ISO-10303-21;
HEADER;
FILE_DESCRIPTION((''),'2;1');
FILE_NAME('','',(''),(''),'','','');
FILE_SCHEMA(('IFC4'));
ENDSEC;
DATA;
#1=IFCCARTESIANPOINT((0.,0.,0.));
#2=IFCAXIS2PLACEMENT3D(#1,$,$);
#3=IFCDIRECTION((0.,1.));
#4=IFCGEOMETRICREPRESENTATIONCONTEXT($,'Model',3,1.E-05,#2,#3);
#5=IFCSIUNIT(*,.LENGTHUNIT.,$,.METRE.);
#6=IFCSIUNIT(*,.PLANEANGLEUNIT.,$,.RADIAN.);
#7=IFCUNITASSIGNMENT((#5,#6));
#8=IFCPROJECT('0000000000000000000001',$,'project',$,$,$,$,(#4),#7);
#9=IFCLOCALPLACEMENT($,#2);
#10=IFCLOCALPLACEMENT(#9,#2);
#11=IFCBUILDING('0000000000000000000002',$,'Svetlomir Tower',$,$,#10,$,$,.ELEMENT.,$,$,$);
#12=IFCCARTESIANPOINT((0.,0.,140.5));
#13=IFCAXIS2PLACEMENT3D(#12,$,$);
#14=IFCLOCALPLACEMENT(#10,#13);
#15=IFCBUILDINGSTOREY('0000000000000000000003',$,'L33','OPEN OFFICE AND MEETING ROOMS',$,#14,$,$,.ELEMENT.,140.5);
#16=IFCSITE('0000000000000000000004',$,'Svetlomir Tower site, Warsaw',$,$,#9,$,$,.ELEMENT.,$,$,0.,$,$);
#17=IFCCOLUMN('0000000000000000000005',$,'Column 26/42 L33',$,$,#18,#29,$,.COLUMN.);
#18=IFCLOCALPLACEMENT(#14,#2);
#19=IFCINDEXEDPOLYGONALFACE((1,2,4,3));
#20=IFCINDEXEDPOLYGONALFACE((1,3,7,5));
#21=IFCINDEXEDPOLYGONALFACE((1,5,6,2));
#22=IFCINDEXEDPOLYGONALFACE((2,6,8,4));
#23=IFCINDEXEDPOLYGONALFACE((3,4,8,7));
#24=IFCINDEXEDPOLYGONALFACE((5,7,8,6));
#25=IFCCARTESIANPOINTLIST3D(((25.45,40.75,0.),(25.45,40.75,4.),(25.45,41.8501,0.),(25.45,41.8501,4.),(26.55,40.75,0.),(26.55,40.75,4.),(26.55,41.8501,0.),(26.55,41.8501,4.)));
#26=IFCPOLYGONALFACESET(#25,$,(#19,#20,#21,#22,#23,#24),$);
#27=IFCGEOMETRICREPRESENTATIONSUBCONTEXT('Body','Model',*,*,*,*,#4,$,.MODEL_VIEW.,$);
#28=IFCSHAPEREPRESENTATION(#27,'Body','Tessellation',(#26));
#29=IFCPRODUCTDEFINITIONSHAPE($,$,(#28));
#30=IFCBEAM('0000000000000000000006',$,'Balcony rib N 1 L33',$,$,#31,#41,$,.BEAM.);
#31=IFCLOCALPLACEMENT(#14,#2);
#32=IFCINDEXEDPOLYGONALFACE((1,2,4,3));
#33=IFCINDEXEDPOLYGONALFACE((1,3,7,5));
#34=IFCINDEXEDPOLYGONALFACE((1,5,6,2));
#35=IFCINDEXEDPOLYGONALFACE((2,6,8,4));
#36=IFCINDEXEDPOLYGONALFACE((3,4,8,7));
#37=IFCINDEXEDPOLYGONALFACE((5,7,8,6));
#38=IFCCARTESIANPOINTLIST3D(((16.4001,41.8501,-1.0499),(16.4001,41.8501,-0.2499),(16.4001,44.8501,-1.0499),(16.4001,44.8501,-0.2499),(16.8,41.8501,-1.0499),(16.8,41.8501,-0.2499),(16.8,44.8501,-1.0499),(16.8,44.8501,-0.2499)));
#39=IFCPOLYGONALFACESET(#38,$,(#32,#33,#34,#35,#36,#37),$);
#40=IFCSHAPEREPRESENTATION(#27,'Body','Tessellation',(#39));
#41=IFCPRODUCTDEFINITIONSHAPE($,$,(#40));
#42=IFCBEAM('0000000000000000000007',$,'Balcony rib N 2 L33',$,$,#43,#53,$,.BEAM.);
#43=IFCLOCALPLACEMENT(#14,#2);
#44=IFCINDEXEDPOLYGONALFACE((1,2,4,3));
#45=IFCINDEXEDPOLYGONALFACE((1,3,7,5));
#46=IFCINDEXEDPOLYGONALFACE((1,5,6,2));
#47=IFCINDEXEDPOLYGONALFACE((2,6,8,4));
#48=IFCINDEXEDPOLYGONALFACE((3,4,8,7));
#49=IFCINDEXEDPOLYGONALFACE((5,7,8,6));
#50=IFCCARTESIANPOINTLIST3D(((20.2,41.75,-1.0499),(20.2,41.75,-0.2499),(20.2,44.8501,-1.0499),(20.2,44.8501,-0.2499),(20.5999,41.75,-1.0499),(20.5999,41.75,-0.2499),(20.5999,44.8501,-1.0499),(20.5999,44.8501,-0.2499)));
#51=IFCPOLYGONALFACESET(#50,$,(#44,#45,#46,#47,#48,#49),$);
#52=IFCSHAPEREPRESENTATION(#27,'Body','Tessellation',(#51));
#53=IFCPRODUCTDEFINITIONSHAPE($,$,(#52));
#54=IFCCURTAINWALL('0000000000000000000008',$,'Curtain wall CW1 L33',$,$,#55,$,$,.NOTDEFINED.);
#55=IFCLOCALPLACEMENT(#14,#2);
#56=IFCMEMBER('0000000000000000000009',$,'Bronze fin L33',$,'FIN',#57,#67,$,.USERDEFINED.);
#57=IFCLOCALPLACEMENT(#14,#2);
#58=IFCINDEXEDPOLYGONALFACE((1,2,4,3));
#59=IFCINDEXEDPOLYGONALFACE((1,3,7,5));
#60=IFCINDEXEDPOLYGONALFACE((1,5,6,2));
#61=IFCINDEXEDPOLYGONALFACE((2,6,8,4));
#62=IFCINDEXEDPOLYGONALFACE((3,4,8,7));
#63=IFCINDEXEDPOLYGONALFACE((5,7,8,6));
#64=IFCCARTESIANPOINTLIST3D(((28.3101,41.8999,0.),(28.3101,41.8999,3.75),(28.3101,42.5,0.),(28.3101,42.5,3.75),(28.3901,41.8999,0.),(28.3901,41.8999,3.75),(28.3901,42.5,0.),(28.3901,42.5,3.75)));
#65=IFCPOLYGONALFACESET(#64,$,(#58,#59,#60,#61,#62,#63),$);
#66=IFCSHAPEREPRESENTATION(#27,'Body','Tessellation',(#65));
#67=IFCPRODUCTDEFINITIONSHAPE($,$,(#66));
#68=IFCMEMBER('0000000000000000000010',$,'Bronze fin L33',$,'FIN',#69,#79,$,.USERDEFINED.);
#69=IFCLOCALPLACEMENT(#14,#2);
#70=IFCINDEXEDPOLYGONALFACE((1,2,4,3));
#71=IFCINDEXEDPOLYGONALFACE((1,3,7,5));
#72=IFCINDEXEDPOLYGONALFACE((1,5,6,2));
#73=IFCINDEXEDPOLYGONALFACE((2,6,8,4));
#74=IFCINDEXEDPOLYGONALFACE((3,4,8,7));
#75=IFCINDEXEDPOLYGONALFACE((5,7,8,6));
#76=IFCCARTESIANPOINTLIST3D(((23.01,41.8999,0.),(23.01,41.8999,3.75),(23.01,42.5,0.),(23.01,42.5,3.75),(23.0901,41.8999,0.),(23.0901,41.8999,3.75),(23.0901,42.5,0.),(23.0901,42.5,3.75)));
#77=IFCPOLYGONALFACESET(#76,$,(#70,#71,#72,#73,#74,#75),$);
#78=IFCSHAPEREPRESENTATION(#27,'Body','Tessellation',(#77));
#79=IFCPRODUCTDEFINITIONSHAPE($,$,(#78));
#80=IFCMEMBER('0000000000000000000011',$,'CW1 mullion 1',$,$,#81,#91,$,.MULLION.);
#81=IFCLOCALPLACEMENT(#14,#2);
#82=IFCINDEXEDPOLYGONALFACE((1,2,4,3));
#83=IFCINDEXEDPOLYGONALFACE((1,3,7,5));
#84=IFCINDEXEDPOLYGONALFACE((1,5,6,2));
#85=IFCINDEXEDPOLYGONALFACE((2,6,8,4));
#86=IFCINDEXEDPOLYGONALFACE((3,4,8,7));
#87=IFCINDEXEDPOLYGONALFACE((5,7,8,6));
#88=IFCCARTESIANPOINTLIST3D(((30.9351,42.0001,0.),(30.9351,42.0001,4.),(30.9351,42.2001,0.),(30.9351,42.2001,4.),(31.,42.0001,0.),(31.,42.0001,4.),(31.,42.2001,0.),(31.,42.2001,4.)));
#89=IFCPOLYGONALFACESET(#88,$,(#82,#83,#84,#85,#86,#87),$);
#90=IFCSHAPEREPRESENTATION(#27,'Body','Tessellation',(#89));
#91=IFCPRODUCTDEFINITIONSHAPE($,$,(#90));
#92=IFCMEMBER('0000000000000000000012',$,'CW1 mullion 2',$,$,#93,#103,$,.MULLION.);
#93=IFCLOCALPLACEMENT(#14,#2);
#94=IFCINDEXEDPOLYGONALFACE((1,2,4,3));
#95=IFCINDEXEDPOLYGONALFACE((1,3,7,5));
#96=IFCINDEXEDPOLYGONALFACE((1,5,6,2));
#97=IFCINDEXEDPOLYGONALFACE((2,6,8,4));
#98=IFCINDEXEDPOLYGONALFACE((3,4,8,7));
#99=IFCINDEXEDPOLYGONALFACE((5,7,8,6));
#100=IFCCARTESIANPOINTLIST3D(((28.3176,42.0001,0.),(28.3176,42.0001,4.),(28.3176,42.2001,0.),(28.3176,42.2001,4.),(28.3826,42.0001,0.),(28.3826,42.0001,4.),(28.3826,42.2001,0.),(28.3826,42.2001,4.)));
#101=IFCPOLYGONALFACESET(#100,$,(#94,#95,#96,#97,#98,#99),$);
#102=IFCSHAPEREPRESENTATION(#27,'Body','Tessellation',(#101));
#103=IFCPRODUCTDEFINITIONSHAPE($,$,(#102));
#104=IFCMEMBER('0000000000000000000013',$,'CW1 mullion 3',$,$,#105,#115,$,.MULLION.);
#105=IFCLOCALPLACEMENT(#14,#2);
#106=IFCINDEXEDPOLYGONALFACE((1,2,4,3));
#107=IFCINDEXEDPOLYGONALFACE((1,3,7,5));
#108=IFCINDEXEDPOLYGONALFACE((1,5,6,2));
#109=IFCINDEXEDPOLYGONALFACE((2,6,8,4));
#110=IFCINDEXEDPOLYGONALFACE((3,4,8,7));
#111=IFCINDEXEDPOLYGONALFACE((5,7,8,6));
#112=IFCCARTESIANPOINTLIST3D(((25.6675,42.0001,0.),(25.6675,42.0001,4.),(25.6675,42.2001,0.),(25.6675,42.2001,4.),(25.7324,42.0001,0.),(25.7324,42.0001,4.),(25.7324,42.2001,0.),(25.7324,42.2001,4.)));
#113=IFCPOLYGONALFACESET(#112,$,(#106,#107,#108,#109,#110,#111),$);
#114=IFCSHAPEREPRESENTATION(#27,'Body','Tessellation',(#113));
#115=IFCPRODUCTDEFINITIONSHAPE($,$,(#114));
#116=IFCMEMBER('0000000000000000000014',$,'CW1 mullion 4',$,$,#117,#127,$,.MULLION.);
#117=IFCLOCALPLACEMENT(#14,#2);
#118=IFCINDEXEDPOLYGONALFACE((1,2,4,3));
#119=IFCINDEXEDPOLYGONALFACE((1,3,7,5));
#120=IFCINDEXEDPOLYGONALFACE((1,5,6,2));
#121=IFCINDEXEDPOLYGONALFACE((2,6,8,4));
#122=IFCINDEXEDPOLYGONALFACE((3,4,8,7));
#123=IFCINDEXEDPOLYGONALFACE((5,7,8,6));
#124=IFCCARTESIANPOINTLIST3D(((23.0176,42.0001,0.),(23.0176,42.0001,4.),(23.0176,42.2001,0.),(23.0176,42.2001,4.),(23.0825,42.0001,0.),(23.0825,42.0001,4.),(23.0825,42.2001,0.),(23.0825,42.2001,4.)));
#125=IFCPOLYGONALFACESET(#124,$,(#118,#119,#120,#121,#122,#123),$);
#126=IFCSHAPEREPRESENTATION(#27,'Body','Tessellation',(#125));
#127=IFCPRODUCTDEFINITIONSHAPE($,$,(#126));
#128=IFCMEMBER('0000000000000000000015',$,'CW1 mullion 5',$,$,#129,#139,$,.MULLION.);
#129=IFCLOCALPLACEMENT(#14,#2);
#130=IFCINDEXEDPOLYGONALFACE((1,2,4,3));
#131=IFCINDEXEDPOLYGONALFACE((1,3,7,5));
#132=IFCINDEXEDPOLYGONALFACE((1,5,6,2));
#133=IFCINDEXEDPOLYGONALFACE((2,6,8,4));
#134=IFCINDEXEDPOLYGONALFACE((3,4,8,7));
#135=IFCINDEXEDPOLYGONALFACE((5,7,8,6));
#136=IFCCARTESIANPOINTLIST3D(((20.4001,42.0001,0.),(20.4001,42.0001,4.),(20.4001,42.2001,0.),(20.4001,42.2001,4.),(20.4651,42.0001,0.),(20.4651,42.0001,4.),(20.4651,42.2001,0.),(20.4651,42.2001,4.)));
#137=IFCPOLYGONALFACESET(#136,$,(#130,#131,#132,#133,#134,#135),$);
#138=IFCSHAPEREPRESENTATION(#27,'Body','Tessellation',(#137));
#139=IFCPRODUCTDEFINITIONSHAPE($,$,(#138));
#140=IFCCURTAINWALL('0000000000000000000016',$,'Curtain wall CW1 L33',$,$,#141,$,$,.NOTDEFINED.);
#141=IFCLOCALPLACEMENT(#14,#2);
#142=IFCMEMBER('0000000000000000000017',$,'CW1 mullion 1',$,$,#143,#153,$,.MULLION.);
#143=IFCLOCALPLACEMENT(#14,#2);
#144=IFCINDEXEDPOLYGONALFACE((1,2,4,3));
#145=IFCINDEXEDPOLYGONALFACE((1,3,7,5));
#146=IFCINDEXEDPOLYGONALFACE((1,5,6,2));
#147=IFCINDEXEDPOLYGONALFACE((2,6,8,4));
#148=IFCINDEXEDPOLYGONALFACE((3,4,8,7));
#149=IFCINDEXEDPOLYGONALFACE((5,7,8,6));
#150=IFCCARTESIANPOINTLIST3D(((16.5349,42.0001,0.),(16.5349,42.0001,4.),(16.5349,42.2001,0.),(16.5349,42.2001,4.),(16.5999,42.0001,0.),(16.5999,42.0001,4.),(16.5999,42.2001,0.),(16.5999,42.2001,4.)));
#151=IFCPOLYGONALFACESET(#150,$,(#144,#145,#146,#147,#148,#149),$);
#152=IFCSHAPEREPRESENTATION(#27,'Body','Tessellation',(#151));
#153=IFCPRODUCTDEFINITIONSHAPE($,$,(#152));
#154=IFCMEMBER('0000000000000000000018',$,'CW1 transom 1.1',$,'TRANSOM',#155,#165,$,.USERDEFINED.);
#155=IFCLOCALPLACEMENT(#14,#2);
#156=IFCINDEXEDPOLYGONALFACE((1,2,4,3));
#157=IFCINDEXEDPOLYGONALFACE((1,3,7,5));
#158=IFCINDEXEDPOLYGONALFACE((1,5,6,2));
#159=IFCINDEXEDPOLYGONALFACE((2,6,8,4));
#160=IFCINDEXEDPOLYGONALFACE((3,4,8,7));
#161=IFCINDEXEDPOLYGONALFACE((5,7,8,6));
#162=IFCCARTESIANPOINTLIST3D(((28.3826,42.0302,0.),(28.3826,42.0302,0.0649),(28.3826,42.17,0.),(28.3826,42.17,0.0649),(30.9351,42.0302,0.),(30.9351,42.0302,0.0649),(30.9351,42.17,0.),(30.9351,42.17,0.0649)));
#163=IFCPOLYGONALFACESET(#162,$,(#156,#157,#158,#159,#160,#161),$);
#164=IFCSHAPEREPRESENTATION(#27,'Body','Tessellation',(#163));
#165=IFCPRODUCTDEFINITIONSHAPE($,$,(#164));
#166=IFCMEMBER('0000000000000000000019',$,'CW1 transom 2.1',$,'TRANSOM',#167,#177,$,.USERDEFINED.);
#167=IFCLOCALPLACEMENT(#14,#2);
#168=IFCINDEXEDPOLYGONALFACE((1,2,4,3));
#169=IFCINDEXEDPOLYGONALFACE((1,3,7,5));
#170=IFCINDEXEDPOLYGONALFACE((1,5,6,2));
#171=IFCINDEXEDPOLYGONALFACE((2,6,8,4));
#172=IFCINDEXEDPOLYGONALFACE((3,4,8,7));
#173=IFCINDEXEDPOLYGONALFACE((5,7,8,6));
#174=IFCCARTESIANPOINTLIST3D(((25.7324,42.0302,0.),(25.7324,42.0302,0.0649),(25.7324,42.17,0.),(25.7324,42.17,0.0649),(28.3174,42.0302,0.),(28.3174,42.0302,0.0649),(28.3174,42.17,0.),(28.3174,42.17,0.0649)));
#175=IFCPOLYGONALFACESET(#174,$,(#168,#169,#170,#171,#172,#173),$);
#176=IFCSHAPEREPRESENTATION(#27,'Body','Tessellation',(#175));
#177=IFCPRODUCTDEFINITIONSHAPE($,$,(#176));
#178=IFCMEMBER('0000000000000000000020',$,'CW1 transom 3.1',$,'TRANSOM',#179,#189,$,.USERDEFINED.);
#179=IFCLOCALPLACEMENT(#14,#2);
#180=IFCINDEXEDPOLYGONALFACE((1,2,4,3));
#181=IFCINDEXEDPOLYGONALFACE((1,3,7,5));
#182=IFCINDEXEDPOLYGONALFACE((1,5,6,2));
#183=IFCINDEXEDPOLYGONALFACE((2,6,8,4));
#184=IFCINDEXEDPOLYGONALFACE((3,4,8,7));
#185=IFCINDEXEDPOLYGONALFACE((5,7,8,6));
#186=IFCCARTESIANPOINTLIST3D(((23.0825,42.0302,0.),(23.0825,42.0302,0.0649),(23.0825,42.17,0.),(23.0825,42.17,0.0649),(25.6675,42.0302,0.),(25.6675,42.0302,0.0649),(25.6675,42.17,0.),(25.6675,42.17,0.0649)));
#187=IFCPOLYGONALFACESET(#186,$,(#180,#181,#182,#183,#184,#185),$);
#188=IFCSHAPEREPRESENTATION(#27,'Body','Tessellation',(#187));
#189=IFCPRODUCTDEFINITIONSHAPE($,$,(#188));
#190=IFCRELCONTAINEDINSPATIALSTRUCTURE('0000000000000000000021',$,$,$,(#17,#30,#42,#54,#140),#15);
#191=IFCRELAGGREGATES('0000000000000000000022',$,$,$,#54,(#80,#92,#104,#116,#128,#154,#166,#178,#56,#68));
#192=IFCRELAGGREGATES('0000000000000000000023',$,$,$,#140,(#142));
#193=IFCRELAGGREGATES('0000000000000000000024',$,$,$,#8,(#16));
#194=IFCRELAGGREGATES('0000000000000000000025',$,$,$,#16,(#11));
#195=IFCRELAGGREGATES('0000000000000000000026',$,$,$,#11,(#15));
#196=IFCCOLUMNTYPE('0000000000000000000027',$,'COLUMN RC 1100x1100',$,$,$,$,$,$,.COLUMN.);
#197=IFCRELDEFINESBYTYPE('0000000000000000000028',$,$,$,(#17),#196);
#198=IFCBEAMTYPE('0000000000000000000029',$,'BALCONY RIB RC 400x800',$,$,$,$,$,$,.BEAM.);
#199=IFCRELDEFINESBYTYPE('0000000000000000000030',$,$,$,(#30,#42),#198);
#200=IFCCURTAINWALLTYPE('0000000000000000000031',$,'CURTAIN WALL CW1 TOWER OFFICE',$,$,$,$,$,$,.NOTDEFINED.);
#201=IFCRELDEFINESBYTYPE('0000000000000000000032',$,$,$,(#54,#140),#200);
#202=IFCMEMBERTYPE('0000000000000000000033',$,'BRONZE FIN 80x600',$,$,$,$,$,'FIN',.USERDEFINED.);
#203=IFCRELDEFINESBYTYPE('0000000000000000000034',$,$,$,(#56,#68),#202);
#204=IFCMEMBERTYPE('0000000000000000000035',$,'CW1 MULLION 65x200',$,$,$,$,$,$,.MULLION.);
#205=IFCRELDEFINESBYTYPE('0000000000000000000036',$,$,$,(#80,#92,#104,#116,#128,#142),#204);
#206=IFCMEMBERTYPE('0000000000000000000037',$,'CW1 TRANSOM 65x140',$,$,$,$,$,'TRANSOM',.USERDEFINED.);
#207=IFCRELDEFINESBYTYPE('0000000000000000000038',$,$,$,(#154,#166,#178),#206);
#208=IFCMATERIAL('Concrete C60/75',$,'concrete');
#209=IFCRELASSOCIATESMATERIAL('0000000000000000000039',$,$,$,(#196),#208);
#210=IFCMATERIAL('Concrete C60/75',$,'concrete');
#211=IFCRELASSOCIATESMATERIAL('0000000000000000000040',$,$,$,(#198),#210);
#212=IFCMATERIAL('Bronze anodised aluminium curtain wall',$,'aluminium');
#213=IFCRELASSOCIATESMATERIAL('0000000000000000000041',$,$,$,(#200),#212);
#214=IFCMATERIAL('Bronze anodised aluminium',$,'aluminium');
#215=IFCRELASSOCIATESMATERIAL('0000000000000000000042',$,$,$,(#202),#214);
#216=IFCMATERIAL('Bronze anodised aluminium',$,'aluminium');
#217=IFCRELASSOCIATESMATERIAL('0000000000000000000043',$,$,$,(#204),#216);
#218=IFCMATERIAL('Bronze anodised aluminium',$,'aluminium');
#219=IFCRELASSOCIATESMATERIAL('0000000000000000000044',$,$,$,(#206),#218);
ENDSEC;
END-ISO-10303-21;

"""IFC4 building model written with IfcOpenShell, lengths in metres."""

from ifc_helpers import new_model, si_unit, direction, frame, origin, origin_2d, place, context, subcontext, project, spatial, rectangle, extrude, material, material_profile, profile_set, type_object, element, aggregate, save


model = new_model("IFC4")

# Units and contexts
model_context = context("Model", 3, precision=1e-05, world=origin(), true_north=direction((0.0, 1.0)))
body_context = subcontext(model_context, "Body", "Model", "MODEL_VIEW")
ifc_project = project(units=[si_unit("LENGTHUNIT", "METRE"), si_unit("PLANEANGLEUNIT", "RADIAN")], contexts=[model_context])

# Site, building, storey
site_placement = place(None, origin())
site = spatial("IfcSite", under=ifc_project, at=site_placement, Name="Svetlomir Tower site, Warsaw", CompositionType="ELEMENT", RefElevation=0.0)
building_placement = place(site_placement, origin())
building = spatial("IfcBuilding", under=site, at=building_placement, Name="Svetlomir Tower", CompositionType="ELEMENT")
storey_placement = place(building_placement, frame((0.0, 0.0, 140.5)))
storey = spatial("IfcBuildingStorey", under=building, at=storey_placement, Name="L33", Description="OPEN OFFICE AND MEETING ROOMS", CompositionType="ELEMENT", Elevation=140.5)

# Column
ifc_material_1 = material(Name="Concrete C60/75", Category="concrete")
ifc_material_profile_1 = material_profile(ifc_material_1, rectangle(XDim=1.1001, YDim=1.1001, at=origin_2d()), Name="RC 1100x1100")
ifc_profile_set_1 = profile_set([ifc_material_profile_1], Name="Concrete C60/75")
column_type = type_object("IfcColumnType", Name="COLUMN RC 1100x1100", PredefinedType="COLUMN", material=ifc_profile_set_1)
column_placement = place(storey_placement, frame((26.0, 41.3, 0.0), z_axis=(0.0, 0.0, 1.0), x_axis=(1.0, 0.0, 0.0)))
element("IfcColumn", 1, at=column_placement, inside=storey, type_object=column_type, Name="Column 26/42 L33", PredefinedType="COLUMN", context=body_context, shape_type="SweptSolid", body=[
    extrude(rectangle(XDim=1.1001, YDim=1.1001, at=origin_2d()), origin(), (0.0, 0.0, 1.0), 4.0),
])

# Beams
ifc_material_2 = material(Name="Concrete C60/75", Category="concrete")
ifc_material_profile_2 = material_profile(ifc_material_2, rectangle(XDim=0.3999, YDim=0.8, at=origin_2d()), Name="RC 400x800")
ifc_profile_set_2 = profile_set([ifc_material_profile_2], Name="Concrete C60/75")
beam_type_1 = type_object("IfcBeamType", Name="BALCONY RIB RC 400x800", PredefinedType="BEAM", material=ifc_profile_set_2)
beam_1_placement = place(storey_placement, frame((16.6001, 41.8501, -0.6499), z_axis=(0.0, 1.0, 0.0), x_axis=(-1.0, 0.0, 0.0)))
element("IfcBeam", 2, at=beam_1_placement, inside=storey, type_object=beam_type_1, Name="Balcony rib N 1 L33", PredefinedType="BEAM", context=body_context, shape_type="SweptSolid", body=[
    extrude(rectangle(XDim=0.3999, YDim=0.8, at=origin_2d()), origin(), (0.0, 0.0, 1.0), 3.0),
])
beam_2_placement = place(storey_placement, frame((20.3999, 41.75, -0.6499), z_axis=(0.0, 1.0, 0.0), x_axis=(-1.0, 0.0, 0.0)))
element("IfcBeam", 3, at=beam_2_placement, inside=storey, type_object=beam_type_1, Name="Balcony rib N 2 L33", PredefinedType="BEAM", context=body_context, shape_type="SweptSolid", body=[
    extrude(rectangle(XDim=0.3999, YDim=0.8, at=origin_2d()), origin(), (0.0, 0.0, 1.0), 3.1001),
])

# Curtain wall, members
ifc_material_3 = material(Name="Bronze anodised aluminium curtain wall", Category="aluminium")
curtain_wall_type = type_object("IfcCurtainWallType", Name="CURTAIN WALL CW1 TOWER OFFICE", PredefinedType="NOTDEFINED", material=ifc_material_3)
curtain_wall_1_placement = place(storey_placement, origin())
curtain_wall_1 = element("IfcCurtainWall", 4, at=curtain_wall_1_placement, inside=storey, type_object=curtain_wall_type, Name="Curtain wall CW1 L33", PredefinedType="NOTDEFINED")
ifc_material_4 = material(Name="Bronze anodised aluminium", Category="aluminium")
ifc_material_profile_3 = material_profile(ifc_material_4, rectangle(XDim=0.0801, YDim=0.6001, at=origin_2d()), Name="FIN 80x600")
ifc_profile_set_3 = profile_set([ifc_material_profile_3], Name="Bronze anodised aluminium 6063-T6")
member_type_1 = type_object("IfcMemberType", Name="BRONZE FIN 80x600", ElementType="FIN", PredefinedType="USERDEFINED", material=ifc_profile_set_3)
member_1_placement = place(storey_placement, frame((28.3501, 42.2, 0.0), z_axis=(0.0, 0.0, 1.0), x_axis=(1.0, 0.0, 0.0)))
member_1 = element("IfcMember", 5, at=member_1_placement, type_object=member_type_1, Name="Bronze fin L33", ObjectType="FIN", PredefinedType="USERDEFINED", context=body_context, shape_type="SweptSolid", body=[
    extrude(rectangle(XDim=0.0801, YDim=0.6001, at=origin_2d()), origin(), (0.0, 0.0, 1.0), 3.75),
])
member_2_placement = place(storey_placement, frame((23.05, 42.2, 0.0), z_axis=(0.0, 0.0, 1.0), x_axis=(1.0, 0.0, 0.0)))
member_2 = element("IfcMember", 6, at=member_2_placement, type_object=member_type_1, Name="Bronze fin L33", ObjectType="FIN", PredefinedType="USERDEFINED", context=body_context, shape_type="SweptSolid", body=[
    extrude(rectangle(XDim=0.0801, YDim=0.6001, at=origin_2d()), origin(), (0.0, 0.0, 1.0), 3.75),
])
ifc_material_5 = material(Name="Bronze anodised aluminium", Category="aluminium")
ifc_material_profile_4 = material_profile(ifc_material_5, rectangle(XDim=0.0649, YDim=0.2, at=origin_2d()), Name="AL 65x200")
ifc_profile_set_4 = profile_set([ifc_material_profile_4], Name="Bronze anodised aluminium 6063-T6")
member_type_2 = type_object("IfcMemberType", Name="CW1 MULLION 65x200", PredefinedType="MULLION", material=ifc_profile_set_4)
member_3_placement = place(storey_placement, frame((30.9675, 42.1001, 0.0), z_axis=(0.0, 0.0, 1.0), x_axis=(-1.0, 0.0, 0.0)))
member_3 = element("IfcMember", 7, at=member_3_placement, type_object=member_type_2, Name="CW1 mullion 1", PredefinedType="MULLION", context=body_context, shape_type="SweptSolid", body=[
    extrude(rectangle(XDim=0.0649, YDim=0.2, at=origin_2d()), origin(), (0.0, 0.0, 1.0), 4.0),
])
member_4_placement = place(storey_placement, frame((28.3501, 42.1001, 0.0), z_axis=(0.0, 0.0, 1.0), x_axis=(-1.0, 0.0, 0.0)))
member_4 = element("IfcMember", 8, at=member_4_placement, type_object=member_type_2, Name="CW1 mullion 2", PredefinedType="MULLION", context=body_context, shape_type="SweptSolid", body=[
    extrude(rectangle(XDim=0.0649, YDim=0.2, at=origin_2d()), origin(), (0.0, 0.0, 1.0), 4.0),
])
member_5_placement = place(storey_placement, frame((25.7, 42.1001, 0.0), z_axis=(0.0, 0.0, 1.0), x_axis=(-1.0, 0.0, 0.0)))
member_5 = element("IfcMember", 9, at=member_5_placement, type_object=member_type_2, Name="CW1 mullion 3", PredefinedType="MULLION", context=body_context, shape_type="SweptSolid", body=[
    extrude(rectangle(XDim=0.0649, YDim=0.2, at=origin_2d()), origin(), (0.0, 0.0, 1.0), 4.0),
])
member_6_placement = place(storey_placement, frame((23.05, 42.1001, 0.0), z_axis=(0.0, 0.0, 1.0), x_axis=(-1.0, 0.0, 0.0)))
member_6 = element("IfcMember", 10, at=member_6_placement, type_object=member_type_2, Name="CW1 mullion 4", PredefinedType="MULLION", context=body_context, shape_type="SweptSolid", body=[
    extrude(rectangle(XDim=0.0649, YDim=0.2, at=origin_2d()), origin(), (0.0, 0.0, 1.0), 4.0),
])
member_7_placement = place(storey_placement, frame((20.4326, 42.1001, 0.0), z_axis=(0.0, 0.0, 1.0), x_axis=(-1.0, 0.0, 0.0)))
member_7 = element("IfcMember", 11, at=member_7_placement, type_object=member_type_2, Name="CW1 mullion 5", PredefinedType="MULLION", context=body_context, shape_type="SweptSolid", body=[
    extrude(rectangle(XDim=0.0649, YDim=0.2, at=origin_2d()), origin(), (0.0, 0.0, 1.0), 4.0),
])

# Curtain wall, member
curtain_wall_2_placement = place(storey_placement, origin())
curtain_wall_2 = element("IfcCurtainWall", 12, at=curtain_wall_2_placement, inside=storey, type_object=curtain_wall_type, Name="Curtain wall CW1 L33", PredefinedType="NOTDEFINED")
member_8_placement = place(storey_placement, frame((16.5674, 42.1001, 0.0), z_axis=(0.0, 0.0, 1.0), x_axis=(-1.0, 0.0, 0.0)))
member_8 = element("IfcMember", 13, at=member_8_placement, type_object=member_type_2, Name="CW1 mullion 1", PredefinedType="MULLION", context=body_context, shape_type="SweptSolid", body=[
    extrude(rectangle(XDim=0.0649, YDim=0.2, at=origin_2d()), origin(), (0.0, 0.0, 1.0), 4.0),
])

# Members
ifc_material_6 = material(Name="Bronze anodised aluminium", Category="aluminium")
ifc_material_profile_5 = material_profile(ifc_material_6, rectangle(XDim=0.1399, YDim=0.0649, at=origin_2d()), Name="AL 140x65")
ifc_profile_set_5 = profile_set([ifc_material_profile_5], Name="Bronze anodised aluminium 6063-T6")
member_type_3 = type_object("IfcMemberType", Name="CW1 TRANSOM 65x140", ElementType="TRANSOM", PredefinedType="USERDEFINED", material=ifc_profile_set_5)
member_9_placement = place(storey_placement, frame((30.9351, 42.1001, 0.0325), z_axis=(-1.0, 0.0, 0.0), x_axis=(0.0, -1.0, 0.0)))
member_9 = element("IfcMember", 14, at=member_9_placement, type_object=member_type_3, Name="CW1 transom 1.1", ObjectType="TRANSOM", PredefinedType="USERDEFINED", context=body_context, shape_type="SweptSolid", body=[
    extrude(rectangle(XDim=0.1399, YDim=0.0649, at=origin_2d()), origin(), (0.0, 0.0, 1.0), 2.5525),
])
member_10_placement = place(storey_placement, frame((28.3174, 42.1001, 0.0325), z_axis=(-1.0, 0.0, 0.0), x_axis=(0.0, -1.0, 0.0)))
member_10 = element("IfcMember", 15, at=member_10_placement, type_object=member_type_3, Name="CW1 transom 2.1", ObjectType="TRANSOM", PredefinedType="USERDEFINED", context=body_context, shape_type="SweptSolid", body=[
    extrude(rectangle(XDim=0.1399, YDim=0.0649, at=origin_2d()), origin(), (0.0, 0.0, 1.0), 2.585),
])
member_11_placement = place(storey_placement, frame((25.6675, 42.1001, 0.0325), z_axis=(-1.0, 0.0, 0.0), x_axis=(0.0, -1.0, 0.0)))
member_11 = element("IfcMember", 16, at=member_11_placement, type_object=member_type_3, Name="CW1 transom 3.1", ObjectType="TRANSOM", PredefinedType="USERDEFINED", context=body_context, shape_type="SweptSolid", body=[
    extrude(rectangle(XDim=0.1399, YDim=0.0649, at=origin_2d()), origin(), (0.0, 0.0, 1.0), 2.585),
])

aggregate(curtain_wall_1, [member_3, member_4, member_5, member_6, member_7, member_9, member_10, member_11, member_1, member_2])
aggregate(curtain_wall_2, [member_8])

save(model, "model.ifc")
